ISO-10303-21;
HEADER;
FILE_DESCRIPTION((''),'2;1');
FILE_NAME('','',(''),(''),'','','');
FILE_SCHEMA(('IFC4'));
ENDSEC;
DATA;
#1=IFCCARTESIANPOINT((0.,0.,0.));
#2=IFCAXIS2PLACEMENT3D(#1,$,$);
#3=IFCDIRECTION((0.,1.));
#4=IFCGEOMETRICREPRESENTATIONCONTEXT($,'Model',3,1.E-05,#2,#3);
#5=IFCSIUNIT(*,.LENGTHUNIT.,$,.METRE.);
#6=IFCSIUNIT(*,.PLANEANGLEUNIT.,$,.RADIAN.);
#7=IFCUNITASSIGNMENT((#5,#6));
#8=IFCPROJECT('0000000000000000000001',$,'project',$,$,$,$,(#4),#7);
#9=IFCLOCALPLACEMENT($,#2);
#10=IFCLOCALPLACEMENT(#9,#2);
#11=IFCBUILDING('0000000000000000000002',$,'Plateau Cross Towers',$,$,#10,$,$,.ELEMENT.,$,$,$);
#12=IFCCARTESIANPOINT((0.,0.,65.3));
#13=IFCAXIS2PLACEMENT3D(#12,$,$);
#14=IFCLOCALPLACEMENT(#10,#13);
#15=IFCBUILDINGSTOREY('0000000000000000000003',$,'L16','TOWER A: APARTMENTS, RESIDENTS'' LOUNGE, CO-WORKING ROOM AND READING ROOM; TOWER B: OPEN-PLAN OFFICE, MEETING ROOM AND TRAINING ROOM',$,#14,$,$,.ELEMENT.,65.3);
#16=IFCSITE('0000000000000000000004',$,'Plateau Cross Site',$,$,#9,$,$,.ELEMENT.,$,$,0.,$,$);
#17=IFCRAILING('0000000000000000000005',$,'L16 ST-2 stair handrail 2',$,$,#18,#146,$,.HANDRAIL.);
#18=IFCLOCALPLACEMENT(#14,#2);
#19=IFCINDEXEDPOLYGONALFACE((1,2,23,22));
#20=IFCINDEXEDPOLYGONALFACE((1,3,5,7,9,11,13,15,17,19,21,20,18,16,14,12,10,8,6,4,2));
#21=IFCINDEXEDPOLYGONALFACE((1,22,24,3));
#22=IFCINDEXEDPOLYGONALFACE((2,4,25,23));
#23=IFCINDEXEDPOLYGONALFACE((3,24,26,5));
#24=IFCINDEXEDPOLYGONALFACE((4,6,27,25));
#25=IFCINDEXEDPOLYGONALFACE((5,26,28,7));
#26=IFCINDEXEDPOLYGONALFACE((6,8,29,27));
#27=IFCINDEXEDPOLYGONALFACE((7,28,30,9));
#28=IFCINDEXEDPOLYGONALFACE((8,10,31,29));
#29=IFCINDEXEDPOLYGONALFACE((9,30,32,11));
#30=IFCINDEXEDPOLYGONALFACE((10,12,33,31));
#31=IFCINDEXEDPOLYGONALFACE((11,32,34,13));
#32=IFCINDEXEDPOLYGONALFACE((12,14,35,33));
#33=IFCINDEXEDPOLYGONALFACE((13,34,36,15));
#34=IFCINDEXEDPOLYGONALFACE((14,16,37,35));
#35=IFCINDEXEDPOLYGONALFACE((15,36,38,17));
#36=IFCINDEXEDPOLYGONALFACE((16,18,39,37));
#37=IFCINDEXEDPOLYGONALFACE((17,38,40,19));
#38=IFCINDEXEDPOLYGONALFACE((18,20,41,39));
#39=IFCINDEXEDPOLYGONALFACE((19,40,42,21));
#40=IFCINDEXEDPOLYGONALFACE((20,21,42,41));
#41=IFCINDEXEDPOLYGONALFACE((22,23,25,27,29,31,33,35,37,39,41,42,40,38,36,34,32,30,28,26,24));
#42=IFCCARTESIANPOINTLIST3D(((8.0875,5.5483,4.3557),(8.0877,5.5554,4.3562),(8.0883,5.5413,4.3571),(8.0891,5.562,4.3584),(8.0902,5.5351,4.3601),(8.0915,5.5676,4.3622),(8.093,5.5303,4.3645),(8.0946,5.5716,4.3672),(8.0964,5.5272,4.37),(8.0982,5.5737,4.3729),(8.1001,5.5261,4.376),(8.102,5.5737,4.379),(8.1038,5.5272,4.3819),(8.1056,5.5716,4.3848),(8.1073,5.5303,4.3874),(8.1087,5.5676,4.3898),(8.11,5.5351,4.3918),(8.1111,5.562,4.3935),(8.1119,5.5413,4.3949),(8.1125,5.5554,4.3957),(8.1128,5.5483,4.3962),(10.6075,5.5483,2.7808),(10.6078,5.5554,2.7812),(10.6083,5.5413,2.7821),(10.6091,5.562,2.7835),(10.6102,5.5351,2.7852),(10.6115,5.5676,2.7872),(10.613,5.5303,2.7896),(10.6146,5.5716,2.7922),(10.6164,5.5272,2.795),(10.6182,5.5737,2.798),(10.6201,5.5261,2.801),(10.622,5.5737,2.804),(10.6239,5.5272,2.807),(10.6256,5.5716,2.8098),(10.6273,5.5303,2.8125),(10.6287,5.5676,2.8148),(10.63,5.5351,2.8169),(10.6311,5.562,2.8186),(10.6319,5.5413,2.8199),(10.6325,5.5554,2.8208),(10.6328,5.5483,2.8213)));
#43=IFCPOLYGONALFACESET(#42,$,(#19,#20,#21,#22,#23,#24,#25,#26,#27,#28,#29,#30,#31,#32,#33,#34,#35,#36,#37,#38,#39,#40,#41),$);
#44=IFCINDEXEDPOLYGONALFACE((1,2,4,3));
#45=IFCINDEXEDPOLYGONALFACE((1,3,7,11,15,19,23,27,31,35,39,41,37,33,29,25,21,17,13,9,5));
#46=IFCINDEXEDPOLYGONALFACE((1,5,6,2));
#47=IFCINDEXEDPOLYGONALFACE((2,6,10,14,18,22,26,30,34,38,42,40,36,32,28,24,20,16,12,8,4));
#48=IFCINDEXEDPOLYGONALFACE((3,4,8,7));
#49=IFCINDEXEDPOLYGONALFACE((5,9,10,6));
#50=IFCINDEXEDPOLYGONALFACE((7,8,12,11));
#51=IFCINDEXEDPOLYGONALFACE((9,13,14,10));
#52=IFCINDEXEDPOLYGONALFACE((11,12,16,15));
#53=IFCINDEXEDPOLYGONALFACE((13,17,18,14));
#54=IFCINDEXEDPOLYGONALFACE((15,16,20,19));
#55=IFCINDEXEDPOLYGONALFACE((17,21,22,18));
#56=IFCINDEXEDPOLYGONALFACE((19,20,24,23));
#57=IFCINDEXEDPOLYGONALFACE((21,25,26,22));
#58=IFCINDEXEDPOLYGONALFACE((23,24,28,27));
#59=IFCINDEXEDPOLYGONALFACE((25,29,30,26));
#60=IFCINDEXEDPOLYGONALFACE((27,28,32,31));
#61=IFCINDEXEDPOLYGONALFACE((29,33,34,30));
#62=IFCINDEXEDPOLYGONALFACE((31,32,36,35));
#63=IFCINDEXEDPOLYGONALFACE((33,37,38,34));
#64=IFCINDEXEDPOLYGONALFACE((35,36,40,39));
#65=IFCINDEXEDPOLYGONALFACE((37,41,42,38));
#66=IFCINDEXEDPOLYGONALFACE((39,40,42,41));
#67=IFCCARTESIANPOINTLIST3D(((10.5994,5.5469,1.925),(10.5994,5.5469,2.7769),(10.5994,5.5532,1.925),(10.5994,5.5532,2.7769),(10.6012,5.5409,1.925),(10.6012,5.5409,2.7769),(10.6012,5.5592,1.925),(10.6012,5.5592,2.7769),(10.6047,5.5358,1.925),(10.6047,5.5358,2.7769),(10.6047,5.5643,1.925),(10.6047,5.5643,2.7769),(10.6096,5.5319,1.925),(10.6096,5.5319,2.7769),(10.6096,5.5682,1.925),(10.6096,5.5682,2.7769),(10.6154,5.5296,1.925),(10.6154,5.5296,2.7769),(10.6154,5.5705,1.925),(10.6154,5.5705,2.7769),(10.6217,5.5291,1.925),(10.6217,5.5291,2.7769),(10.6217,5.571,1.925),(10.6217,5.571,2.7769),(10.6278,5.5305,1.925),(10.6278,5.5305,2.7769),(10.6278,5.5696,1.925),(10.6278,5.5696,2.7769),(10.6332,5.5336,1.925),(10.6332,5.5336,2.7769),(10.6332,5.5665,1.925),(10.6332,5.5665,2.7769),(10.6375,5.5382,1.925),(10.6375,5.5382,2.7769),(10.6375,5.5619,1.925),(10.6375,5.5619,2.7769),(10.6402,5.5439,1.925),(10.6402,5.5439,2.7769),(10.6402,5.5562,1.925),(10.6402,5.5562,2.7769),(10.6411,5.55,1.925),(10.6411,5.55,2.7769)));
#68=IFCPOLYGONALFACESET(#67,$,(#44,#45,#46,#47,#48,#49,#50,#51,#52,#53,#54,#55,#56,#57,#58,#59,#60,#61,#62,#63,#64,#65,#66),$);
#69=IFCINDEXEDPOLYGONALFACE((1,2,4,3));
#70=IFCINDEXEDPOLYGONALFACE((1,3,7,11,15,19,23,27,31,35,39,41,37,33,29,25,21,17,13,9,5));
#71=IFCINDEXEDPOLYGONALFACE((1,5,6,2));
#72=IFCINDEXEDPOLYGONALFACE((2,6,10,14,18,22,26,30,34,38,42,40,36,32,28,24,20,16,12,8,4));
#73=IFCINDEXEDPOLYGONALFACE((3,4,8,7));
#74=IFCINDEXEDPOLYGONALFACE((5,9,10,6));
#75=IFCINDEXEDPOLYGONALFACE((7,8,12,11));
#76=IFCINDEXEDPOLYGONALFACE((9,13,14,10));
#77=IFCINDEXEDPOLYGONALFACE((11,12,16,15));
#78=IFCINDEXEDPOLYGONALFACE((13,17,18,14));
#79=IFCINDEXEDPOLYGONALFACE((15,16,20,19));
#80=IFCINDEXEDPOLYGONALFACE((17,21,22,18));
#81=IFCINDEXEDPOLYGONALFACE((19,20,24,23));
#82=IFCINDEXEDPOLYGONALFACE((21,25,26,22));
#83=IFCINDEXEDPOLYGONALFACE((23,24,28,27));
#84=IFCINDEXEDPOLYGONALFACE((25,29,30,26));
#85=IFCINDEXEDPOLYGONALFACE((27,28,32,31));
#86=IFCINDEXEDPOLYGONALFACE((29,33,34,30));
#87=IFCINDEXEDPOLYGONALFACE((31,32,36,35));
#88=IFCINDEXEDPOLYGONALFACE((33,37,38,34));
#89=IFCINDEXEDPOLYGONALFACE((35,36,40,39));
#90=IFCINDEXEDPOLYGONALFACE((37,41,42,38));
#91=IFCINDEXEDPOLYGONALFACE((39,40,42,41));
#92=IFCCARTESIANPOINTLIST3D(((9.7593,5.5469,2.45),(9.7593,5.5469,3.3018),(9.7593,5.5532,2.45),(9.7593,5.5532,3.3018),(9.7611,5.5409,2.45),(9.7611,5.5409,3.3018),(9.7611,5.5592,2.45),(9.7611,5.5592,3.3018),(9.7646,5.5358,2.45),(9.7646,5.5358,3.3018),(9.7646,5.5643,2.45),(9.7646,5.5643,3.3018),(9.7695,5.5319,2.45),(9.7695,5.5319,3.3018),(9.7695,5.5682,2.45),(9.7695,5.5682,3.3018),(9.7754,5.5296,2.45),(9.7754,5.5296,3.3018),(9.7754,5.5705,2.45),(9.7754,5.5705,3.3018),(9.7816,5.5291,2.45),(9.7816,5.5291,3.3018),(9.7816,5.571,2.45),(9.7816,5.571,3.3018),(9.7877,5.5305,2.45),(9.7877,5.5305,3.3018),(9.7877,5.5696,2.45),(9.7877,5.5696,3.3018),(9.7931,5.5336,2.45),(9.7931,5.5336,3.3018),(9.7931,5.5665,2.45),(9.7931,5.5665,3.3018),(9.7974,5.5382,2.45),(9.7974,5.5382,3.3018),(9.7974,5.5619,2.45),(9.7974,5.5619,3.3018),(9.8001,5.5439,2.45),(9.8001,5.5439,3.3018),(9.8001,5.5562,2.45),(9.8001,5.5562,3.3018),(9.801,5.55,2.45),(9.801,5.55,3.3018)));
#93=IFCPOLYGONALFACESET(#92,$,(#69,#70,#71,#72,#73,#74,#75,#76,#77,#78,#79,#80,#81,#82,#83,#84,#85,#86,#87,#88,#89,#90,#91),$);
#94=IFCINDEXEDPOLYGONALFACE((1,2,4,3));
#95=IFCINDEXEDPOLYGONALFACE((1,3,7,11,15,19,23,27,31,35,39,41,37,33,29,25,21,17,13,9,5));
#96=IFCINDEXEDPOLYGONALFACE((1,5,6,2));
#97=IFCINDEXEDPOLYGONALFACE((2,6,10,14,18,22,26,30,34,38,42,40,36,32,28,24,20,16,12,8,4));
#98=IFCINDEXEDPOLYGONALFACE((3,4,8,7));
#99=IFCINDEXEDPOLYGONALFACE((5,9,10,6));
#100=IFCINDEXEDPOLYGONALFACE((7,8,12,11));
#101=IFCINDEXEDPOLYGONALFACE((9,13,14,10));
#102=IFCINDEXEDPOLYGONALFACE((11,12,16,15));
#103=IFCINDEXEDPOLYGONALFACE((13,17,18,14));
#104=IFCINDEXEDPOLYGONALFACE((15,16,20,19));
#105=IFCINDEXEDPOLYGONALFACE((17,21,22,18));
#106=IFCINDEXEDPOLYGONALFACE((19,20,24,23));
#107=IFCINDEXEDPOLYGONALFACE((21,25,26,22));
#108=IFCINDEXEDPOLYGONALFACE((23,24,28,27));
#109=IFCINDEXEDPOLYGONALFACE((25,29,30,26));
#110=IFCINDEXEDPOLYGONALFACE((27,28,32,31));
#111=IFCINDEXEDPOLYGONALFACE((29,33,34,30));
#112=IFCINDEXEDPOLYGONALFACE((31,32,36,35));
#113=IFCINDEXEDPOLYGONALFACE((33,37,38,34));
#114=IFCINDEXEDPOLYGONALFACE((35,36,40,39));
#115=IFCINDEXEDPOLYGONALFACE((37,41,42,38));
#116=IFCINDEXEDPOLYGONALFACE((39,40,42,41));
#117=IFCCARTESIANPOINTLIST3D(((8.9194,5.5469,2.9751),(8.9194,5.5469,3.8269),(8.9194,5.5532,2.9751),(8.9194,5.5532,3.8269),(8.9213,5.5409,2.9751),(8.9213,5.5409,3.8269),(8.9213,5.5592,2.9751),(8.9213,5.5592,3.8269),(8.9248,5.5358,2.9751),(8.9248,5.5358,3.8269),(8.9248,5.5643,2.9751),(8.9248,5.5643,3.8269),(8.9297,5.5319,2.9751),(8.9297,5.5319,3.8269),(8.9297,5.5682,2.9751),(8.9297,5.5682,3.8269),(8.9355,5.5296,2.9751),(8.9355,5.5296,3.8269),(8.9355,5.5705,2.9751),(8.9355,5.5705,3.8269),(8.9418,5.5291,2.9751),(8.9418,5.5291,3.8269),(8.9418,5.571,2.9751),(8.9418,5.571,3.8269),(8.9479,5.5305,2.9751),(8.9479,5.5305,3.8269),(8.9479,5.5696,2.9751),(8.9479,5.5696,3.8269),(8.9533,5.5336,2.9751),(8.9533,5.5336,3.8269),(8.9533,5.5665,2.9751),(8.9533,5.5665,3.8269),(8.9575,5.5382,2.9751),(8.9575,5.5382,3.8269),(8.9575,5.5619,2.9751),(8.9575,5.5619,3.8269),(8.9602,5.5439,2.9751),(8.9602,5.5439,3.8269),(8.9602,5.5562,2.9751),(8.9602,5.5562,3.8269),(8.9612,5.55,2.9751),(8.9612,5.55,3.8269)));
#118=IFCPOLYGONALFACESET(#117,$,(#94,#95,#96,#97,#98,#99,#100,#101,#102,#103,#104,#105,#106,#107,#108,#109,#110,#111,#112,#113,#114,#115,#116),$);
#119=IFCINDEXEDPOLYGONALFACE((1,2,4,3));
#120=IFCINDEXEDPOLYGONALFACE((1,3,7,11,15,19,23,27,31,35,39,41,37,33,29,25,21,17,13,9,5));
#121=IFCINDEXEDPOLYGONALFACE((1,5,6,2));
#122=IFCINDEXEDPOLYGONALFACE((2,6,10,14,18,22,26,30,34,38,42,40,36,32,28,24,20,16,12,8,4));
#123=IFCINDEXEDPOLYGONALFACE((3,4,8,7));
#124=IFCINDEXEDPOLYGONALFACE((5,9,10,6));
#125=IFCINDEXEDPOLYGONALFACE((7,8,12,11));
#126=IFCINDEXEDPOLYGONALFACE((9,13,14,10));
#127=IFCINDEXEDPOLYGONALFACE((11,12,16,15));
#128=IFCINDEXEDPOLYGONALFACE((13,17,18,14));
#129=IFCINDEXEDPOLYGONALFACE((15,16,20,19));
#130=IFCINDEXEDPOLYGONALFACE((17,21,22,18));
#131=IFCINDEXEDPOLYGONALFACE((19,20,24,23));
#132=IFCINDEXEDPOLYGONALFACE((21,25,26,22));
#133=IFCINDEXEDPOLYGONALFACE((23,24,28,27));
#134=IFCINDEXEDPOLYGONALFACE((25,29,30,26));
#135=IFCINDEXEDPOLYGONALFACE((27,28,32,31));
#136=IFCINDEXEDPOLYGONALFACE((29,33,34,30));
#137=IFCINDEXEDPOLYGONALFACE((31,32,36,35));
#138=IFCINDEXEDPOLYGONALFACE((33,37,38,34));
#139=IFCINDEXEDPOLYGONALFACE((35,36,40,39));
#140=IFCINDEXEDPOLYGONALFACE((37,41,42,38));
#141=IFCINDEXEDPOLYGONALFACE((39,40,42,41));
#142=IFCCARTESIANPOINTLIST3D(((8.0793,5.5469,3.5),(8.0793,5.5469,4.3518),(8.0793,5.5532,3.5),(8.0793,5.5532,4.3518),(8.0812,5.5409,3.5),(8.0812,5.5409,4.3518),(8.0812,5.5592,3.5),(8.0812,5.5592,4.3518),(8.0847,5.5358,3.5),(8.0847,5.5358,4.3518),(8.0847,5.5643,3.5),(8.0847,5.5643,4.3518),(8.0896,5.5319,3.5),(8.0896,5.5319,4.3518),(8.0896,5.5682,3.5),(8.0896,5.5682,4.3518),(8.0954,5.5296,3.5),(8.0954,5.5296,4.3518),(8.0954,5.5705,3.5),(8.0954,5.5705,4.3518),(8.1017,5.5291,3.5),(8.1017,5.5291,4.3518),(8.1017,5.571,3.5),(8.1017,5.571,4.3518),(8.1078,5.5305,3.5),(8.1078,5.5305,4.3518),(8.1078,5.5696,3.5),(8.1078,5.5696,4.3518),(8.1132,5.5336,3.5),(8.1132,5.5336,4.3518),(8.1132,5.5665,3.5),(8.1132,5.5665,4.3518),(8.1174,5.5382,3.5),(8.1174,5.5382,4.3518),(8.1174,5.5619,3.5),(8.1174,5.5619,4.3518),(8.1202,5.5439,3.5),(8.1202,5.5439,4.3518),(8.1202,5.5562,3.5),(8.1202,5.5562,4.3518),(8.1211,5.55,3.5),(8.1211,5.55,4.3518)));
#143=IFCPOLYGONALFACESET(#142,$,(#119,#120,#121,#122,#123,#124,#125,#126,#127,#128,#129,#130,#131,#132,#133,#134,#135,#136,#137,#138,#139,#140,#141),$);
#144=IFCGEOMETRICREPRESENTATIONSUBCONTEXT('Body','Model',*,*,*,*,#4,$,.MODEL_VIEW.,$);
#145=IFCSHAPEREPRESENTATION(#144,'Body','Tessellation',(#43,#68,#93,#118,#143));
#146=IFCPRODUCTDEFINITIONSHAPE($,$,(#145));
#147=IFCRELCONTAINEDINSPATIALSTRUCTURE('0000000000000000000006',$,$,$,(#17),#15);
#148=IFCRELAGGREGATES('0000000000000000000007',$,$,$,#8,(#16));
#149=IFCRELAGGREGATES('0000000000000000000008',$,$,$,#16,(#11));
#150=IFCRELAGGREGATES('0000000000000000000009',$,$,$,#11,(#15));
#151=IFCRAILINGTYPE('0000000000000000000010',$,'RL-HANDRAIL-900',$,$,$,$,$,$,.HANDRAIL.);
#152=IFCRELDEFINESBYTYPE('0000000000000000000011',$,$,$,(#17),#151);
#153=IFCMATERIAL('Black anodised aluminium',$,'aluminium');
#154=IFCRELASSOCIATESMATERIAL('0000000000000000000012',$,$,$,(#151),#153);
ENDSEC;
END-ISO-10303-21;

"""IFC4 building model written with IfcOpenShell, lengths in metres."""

from ifc_helpers import new_model, si_unit, direction, frame, origin, origin_2d, place, context, subcontext, project, spatial, circle, extrude, material, type_object, element, save


model = new_model("IFC4")

# Units and contexts
model_context = context("Model", 3, precision=1e-05, world=origin(), true_north=direction((0.0, 1.0)))
body_context = subcontext(model_context, "Body", "Model", "MODEL_VIEW")
ifc_project = project(units=[si_unit("LENGTHUNIT", "METRE"), si_unit("PLANEANGLEUNIT", "RADIAN")], contexts=[model_context])

# Site, building, storey
site_placement = place(None, origin())
site = spatial("IfcSite", under=ifc_project, at=site_placement, Name="Plateau Cross Site", CompositionType="ELEMENT", RefElevation=0.0)
building_placement = place(site_placement, origin())
building = spatial("IfcBuilding", under=site, at=building_placement, Name="Plateau Cross Towers", CompositionType="ELEMENT")
storey_placement = place(building_placement, frame((0.0, 0.0, 65.3)))
storey = spatial("IfcBuildingStorey", under=building, at=storey_placement, Name="L16", Description="TOWER A: APARTMENTS, RESIDENTS' LOUNGE, CO-WORKING ROOM AND READING ROOM; TOWER B: OPEN-PLAN OFFICE, MEETING ROOM AND TRAINING ROOM", CompositionType="ELEMENT", Elevation=65.3)

# Shared definitions
ifc_material_1 = material(Name="Black anodised aluminium", Category="aluminium")

# Railing
railing_type_1 = type_object("IfcRailingType", Name="RL-HANDRAIL-900", PredefinedType="HANDRAIL", material=ifc_material_1)
railing_1_placement = place(storey_placement, frame((10.6201, 5.55, 1.925)))
element("IfcRailing", 1, at=railing_1_placement, inside=storey, type_object=railing_type_1, Name="L16 ST-2 stair handrail 2", PredefinedType="HANDRAIL", context=body_context, shape_type="SweptSolid", body=[
    extrude(circle(Radius=0.0239, at=origin_2d()), frame((0.0, 0.0, 0.876), z_axis=(-0.848008, 0.0, 0.529984), x_axis=(0.0, -1.0, 0.0)), (0.0, 0.0, 1.0), 2.9717),
    extrude(circle(Radius=0.021, at=origin_2d()), origin(), (0.0, 0.0, 1.0), 0.8518),
    extrude(circle(Radius=0.021, at=origin_2d()), frame((-0.8401, 0.0, 0.5249)), (0.0, 0.0, 1.0), 0.8518),
    extrude(circle(Radius=0.021, at=origin_2d()), frame((-1.6799, 0.0, 1.05)), (0.0, 0.0, 1.0), 0.8518),
    extrude(circle(Radius=0.021, at=origin_2d()), frame((-2.52, 0.0, 1.575)), (0.0, 0.0, 1.0), 0.8518),
])

save(model, "model.ifc")
